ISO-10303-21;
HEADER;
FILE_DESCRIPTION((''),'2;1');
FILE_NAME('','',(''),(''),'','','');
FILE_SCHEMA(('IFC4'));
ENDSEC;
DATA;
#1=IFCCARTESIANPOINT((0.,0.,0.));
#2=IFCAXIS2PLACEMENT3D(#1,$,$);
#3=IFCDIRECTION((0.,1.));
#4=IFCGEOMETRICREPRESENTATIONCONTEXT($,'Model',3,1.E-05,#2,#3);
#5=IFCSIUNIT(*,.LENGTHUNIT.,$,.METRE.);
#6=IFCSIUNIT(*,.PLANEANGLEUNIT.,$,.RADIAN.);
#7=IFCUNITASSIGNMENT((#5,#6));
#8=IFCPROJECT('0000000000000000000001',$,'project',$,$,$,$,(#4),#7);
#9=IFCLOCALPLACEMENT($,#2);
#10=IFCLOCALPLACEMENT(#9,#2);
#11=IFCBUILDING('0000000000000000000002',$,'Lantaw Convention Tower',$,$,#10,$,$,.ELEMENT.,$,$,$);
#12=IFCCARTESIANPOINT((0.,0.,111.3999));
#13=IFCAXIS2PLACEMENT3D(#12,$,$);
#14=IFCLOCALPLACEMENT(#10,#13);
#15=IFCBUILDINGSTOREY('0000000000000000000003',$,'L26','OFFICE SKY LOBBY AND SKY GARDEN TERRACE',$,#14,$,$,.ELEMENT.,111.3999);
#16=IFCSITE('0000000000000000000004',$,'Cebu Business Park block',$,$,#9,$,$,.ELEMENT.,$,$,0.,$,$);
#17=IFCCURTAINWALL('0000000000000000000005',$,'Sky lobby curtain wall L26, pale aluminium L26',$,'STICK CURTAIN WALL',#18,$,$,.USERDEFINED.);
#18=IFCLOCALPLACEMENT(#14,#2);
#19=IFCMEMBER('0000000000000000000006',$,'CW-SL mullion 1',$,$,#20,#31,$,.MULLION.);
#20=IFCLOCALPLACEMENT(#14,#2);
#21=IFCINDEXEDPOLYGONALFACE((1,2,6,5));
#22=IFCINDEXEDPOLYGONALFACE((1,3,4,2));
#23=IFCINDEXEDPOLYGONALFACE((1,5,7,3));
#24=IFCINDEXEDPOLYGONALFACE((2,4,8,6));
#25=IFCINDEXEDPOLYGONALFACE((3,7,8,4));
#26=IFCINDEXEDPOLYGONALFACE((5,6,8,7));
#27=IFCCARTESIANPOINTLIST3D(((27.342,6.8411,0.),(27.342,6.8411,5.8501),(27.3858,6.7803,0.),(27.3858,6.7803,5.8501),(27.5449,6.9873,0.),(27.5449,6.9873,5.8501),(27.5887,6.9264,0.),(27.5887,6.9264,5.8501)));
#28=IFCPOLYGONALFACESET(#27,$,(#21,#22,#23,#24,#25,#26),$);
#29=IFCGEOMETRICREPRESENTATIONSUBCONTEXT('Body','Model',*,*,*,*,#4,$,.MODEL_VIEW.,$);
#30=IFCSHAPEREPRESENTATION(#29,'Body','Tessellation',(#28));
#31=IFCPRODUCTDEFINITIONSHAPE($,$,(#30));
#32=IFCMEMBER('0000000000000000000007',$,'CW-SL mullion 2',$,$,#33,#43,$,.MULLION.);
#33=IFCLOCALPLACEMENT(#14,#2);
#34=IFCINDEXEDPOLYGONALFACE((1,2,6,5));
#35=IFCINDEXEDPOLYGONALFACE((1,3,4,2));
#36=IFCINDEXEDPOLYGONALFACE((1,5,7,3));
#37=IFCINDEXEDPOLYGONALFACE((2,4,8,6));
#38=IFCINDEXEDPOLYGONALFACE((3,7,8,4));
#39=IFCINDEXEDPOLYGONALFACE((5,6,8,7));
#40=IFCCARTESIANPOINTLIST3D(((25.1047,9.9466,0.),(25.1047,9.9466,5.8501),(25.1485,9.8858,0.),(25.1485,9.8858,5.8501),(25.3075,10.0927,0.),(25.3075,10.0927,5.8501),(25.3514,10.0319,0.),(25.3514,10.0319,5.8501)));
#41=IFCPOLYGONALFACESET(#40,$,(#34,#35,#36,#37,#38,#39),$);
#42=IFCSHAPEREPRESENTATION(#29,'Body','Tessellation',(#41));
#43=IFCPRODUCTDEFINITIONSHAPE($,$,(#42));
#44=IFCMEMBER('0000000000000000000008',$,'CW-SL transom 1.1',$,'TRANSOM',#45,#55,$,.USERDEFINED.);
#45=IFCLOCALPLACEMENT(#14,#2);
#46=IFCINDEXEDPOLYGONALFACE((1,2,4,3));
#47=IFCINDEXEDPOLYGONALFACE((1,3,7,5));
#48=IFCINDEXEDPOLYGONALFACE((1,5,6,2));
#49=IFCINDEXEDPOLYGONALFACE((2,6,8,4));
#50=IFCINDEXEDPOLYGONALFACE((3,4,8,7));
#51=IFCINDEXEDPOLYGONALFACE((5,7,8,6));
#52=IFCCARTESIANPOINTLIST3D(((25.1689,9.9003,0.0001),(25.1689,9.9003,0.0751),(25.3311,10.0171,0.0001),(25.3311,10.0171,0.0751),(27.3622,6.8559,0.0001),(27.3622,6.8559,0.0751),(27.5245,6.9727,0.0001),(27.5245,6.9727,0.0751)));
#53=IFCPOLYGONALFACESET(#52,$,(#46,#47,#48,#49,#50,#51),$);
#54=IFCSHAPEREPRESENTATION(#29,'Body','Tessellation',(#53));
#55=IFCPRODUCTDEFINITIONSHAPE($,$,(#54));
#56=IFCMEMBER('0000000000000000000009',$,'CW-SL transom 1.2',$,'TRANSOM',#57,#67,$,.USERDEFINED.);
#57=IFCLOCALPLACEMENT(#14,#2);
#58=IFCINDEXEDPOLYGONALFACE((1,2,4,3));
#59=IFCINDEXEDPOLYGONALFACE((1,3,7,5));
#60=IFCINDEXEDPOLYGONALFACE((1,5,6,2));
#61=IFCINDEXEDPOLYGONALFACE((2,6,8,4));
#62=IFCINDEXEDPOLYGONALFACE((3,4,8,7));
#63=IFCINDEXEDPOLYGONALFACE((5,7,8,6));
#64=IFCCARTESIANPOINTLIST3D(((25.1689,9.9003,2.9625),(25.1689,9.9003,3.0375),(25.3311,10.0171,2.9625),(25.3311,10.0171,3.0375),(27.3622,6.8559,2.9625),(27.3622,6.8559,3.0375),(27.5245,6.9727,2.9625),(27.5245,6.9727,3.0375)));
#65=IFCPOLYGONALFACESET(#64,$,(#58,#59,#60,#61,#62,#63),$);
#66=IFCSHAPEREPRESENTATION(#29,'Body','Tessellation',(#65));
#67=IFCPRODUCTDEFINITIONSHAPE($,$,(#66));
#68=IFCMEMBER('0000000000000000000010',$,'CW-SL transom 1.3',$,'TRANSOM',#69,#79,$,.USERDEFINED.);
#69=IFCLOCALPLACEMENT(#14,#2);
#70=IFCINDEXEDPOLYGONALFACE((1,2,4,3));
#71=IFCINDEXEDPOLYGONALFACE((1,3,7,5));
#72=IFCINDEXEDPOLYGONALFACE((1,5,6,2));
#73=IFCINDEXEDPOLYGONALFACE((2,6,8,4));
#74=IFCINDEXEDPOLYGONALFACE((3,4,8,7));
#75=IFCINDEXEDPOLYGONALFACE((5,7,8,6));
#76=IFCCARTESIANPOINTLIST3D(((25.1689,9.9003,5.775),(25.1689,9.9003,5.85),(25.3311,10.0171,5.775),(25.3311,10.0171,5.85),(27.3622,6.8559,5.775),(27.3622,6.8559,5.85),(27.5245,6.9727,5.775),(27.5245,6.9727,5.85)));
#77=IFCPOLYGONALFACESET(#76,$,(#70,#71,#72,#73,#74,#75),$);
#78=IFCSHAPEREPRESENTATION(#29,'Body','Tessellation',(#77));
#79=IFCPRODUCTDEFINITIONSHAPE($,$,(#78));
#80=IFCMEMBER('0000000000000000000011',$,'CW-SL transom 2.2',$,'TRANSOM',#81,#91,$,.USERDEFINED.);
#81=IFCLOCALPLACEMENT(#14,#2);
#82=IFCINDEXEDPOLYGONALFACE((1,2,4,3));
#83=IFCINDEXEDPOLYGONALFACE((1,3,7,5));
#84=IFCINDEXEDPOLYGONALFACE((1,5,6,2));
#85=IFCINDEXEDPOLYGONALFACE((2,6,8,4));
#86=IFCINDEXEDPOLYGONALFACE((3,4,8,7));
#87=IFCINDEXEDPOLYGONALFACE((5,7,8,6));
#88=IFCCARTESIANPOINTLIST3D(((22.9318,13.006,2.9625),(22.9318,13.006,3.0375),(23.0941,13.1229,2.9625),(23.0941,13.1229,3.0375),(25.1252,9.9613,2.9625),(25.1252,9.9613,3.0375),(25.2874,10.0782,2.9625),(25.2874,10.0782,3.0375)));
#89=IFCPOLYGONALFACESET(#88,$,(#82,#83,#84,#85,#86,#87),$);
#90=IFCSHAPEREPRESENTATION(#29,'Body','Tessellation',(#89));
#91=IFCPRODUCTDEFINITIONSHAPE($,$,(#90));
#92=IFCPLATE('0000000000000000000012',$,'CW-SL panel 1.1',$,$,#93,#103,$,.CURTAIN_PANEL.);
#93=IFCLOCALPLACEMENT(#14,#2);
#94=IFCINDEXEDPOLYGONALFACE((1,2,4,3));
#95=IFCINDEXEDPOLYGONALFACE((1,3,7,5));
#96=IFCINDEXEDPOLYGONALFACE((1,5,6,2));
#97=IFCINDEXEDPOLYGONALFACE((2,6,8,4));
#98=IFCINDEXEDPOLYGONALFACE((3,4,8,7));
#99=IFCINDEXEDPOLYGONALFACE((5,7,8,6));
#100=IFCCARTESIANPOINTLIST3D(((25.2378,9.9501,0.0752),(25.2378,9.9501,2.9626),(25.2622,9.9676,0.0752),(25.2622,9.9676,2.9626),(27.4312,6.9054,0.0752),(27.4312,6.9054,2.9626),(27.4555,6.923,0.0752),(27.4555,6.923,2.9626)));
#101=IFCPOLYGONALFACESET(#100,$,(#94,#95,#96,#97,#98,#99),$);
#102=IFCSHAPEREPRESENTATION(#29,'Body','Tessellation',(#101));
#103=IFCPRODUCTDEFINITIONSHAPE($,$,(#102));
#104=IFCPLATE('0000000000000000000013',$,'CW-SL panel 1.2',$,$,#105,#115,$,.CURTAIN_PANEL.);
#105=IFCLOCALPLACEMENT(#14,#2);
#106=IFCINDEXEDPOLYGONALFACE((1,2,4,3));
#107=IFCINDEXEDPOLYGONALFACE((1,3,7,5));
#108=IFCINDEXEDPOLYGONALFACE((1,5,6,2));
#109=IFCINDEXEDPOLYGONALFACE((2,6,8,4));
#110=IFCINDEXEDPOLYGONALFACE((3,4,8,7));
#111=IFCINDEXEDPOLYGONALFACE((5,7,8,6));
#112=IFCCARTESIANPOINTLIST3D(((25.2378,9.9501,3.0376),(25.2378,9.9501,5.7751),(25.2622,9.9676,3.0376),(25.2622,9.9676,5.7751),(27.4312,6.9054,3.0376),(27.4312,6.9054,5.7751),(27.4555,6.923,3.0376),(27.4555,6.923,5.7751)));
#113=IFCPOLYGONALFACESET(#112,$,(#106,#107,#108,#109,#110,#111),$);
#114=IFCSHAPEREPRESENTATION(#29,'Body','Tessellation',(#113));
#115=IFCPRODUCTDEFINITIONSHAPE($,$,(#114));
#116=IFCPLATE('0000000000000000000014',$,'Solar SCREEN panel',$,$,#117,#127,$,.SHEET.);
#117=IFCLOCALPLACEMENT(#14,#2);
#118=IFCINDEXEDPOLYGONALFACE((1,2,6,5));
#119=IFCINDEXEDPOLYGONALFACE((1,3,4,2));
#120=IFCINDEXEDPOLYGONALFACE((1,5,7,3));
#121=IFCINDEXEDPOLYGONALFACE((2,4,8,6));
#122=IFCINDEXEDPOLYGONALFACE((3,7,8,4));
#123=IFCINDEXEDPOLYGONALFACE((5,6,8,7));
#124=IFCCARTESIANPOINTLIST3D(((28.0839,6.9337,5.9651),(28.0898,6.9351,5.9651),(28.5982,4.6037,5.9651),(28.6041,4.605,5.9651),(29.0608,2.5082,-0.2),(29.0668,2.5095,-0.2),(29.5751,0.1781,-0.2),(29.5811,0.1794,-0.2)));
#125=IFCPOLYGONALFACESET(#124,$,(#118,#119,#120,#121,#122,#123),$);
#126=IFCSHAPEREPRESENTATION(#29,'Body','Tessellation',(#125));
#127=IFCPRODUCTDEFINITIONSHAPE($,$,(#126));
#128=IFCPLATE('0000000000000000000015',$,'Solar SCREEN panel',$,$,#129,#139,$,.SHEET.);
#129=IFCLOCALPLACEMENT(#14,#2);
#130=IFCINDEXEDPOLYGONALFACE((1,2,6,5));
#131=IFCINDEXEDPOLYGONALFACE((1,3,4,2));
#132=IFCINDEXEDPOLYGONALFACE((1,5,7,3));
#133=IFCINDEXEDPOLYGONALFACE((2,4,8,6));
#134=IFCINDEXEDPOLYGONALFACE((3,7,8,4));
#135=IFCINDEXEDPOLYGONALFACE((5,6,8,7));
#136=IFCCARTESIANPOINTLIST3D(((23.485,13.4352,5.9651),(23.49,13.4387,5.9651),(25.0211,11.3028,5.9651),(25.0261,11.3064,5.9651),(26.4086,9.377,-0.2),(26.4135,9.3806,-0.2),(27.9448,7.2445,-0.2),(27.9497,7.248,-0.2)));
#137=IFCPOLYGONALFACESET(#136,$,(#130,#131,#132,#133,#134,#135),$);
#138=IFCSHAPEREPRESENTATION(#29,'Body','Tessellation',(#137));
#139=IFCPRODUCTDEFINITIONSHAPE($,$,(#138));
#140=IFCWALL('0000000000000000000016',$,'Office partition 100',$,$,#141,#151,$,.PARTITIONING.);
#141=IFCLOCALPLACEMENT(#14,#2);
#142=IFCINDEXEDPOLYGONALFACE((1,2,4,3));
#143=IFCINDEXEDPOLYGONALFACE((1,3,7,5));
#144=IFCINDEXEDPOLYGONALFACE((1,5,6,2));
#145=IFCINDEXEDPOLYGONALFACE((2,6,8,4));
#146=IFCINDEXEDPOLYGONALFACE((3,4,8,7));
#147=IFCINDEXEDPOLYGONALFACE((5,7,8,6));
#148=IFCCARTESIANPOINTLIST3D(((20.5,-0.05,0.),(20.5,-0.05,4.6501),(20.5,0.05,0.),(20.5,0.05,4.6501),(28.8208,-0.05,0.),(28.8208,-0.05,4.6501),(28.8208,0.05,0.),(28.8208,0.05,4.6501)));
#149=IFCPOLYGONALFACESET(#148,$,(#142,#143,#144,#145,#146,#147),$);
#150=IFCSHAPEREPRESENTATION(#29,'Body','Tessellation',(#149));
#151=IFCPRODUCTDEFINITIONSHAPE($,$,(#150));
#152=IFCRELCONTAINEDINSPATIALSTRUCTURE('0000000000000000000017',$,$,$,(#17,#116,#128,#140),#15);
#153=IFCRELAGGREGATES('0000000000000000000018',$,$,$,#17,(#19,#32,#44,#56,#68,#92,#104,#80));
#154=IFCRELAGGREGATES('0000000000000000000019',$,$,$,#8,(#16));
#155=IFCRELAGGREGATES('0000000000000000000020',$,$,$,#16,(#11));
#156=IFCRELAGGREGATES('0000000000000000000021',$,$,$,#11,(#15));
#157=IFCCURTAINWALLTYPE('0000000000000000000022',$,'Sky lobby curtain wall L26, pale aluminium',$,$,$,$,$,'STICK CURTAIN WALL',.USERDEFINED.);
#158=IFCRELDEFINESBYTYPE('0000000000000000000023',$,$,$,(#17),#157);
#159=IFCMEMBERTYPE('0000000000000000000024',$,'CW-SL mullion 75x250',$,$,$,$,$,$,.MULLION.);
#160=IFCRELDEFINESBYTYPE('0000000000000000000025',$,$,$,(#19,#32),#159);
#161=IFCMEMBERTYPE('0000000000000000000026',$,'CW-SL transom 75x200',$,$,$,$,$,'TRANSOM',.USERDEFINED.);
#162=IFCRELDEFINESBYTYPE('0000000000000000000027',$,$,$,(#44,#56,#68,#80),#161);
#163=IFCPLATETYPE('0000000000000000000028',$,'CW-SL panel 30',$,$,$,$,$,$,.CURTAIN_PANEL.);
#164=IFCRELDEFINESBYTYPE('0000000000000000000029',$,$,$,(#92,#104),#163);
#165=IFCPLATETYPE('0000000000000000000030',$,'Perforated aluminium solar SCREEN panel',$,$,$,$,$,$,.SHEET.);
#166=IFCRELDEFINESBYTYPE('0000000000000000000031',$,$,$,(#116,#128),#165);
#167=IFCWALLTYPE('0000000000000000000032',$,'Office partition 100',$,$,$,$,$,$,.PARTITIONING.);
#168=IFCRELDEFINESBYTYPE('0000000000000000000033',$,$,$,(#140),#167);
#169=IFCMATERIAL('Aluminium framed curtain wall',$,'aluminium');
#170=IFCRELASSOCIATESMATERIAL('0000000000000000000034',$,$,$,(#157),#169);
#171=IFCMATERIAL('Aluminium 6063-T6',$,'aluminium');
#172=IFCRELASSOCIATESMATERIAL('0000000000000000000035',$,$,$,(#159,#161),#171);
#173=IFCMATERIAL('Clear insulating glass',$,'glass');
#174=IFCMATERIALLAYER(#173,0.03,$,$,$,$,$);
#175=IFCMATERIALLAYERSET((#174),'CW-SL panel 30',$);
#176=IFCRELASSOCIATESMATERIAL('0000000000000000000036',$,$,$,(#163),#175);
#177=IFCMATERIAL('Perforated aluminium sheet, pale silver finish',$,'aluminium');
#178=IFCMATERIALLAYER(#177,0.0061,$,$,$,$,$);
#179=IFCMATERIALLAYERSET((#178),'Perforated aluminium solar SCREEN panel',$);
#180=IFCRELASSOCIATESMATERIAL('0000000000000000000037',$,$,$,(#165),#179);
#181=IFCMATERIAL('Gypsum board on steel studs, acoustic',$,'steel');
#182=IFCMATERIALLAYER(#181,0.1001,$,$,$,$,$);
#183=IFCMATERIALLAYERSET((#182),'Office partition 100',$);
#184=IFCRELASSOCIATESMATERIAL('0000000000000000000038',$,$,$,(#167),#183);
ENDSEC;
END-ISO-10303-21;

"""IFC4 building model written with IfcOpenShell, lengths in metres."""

from ifc_helpers import new_model, si_unit, direction, frame, frame_2d, origin, origin_2d, place, context, subcontext, project, spatial, polyline, rectangle, outline, extrude, material, layer, layer_set, material_profile, profile_set, type_object, element, aggregate, save


model = new_model("IFC4")

# Units and contexts
model_context = context("Model", 3, precision=1e-05, world=origin(), true_north=direction((0.0, 1.0)))
body_context = subcontext(model_context, "Body", "Model", "MODEL_VIEW")
ifc_project = project(units=[si_unit("LENGTHUNIT", "METRE"), si_unit("PLANEANGLEUNIT", "RADIAN")], contexts=[model_context])

# Site, building, storey
site_placement = place(None, origin())
site = spatial("IfcSite", under=ifc_project, at=site_placement, Name="Cebu Business Park block", CompositionType="ELEMENT", RefElevation=0.0)
building_placement = place(site_placement, origin())
building = spatial("IfcBuilding", under=site, at=building_placement, Name="Lantaw Convention Tower", CompositionType="ELEMENT")
storey_placement = place(building_placement, frame((0.0, 0.0, 111.3999)))
storey = spatial("IfcBuildingStorey", under=building, at=storey_placement, Name="L26", Description="OFFICE SKY LOBBY AND SKY GARDEN TERRACE", CompositionType="ELEMENT", Elevation=111.3999)

# Curtain wall, members, plates
ifc_material_1 = material(Name="Aluminium framed curtain wall", Category="aluminium")
curtain_wall_type = type_object("IfcCurtainWallType", Name="Sky lobby curtain wall L26, pale aluminium", ElementType="STICK CURTAIN WALL", PredefinedType="USERDEFINED", material=ifc_material_1)
curtain_wall_placement = place(storey_placement, origin())
curtain_wall = element("IfcCurtainWall", 1, at=curtain_wall_placement, inside=storey, type_object=curtain_wall_type, Name="Sky lobby curtain wall L26, pale aluminium L26", ObjectType="STICK CURTAIN WALL", PredefinedType="USERDEFINED")
ifc_material_2 = material(Name="Aluminium 6063-T6", Category="aluminium")
ifc_material_profile_1 = material_profile(ifc_material_2, rectangle(XDim=0.25, YDim=0.075, at=origin_2d()), Name="CW-SL mullion 75x250")
ifc_profile_set_1 = profile_set([ifc_material_profile_1], Name="Aluminium 6063-T6")
member_type_1 = type_object("IfcMemberType", Name="CW-SL mullion 75x250", PredefinedType="MULLION", material=ifc_profile_set_1)
member_1_placement = place(storey_placement, frame((27.4653, 6.8838, 0.0), z_axis=(0.0, 0.0, 1.0), x_axis=(-0.811385, -0.584513, 0.0)))
member_1 = element("IfcMember", 2, at=member_1_placement, type_object=member_type_1, Name="CW-SL mullion 1", PredefinedType="MULLION", context=body_context, shape_type="SweptSolid", body=[
    extrude(rectangle(XDim=0.25, YDim=0.075, at=origin_2d()), origin(), (0.0, 0.0, 1.0), 5.8501),
])
member_2_placement = place(storey_placement, frame((25.228, 9.9893, 0.0), z_axis=(0.0, 0.0, 1.0), x_axis=(-0.811385, -0.584513, 0.0)))
member_2 = element("IfcMember", 3, at=member_2_placement, type_object=member_type_1, Name="CW-SL mullion 2", PredefinedType="MULLION", context=body_context, shape_type="SweptSolid", body=[
    extrude(rectangle(XDim=0.25, YDim=0.075, at=origin_2d()), origin(), (0.0, 0.0, 1.0), 5.8501),
])
ifc_material_profile_2 = material_profile(ifc_material_2, rectangle(XDim=0.2, YDim=0.075, at=origin_2d()), Name="CW-SL transom 75x200")
ifc_profile_set_2 = profile_set([ifc_material_profile_2], Name="Aluminium 6063-T6")
member_type_2 = type_object("IfcMemberType", Name="CW-SL transom 75x200", ElementType="TRANSOM", PredefinedType="USERDEFINED", material=ifc_profile_set_2)
member_3_placement = place(storey_placement, frame((27.4434, 6.9143, 0.0376), z_axis=(-0.584545, 0.811362, 0.0), x_axis=(-0.811362, -0.584545, 0.0)))
member_3 = element("IfcMember", 4, at=member_3_placement, type_object=member_type_2, Name="CW-SL transom 1.1", ObjectType="TRANSOM", PredefinedType="USERDEFINED", context=body_context, shape_type="SweptSolid", body=[
    extrude(rectangle(XDim=0.2, YDim=0.075, at=origin_2d()), origin(), (0.0, 0.0, 1.0), 3.7522),
])
member_4_placement = place(storey_placement, frame((27.4434, 6.9143, 3.0), z_axis=(-0.584545, 0.811362, 0.0), x_axis=(-0.811362, -0.584545, 0.0)))
member_4 = element("IfcMember", 5, at=member_4_placement, type_object=member_type_2, Name="CW-SL transom 1.2", ObjectType="TRANSOM", PredefinedType="USERDEFINED", context=body_context, shape_type="SweptSolid", body=[
    extrude(rectangle(XDim=0.2, YDim=0.075, at=origin_2d()), origin(), (0.0, 0.0, 1.0), 3.7522),
])
member_5_placement = place(storey_placement, frame((27.4434, 6.9143, 5.8125), z_axis=(-0.584545, 0.811362, 0.0), x_axis=(-0.811362, -0.584545, 0.0)))
member_5 = element("IfcMember", 6, at=member_5_placement, type_object=member_type_2, Name="CW-SL transom 1.3", ObjectType="TRANSOM", PredefinedType="USERDEFINED", context=body_context, shape_type="SweptSolid", body=[
    extrude(rectangle(XDim=0.2, YDim=0.075, at=origin_2d()), origin(), (0.0, 0.0, 1.0), 3.7522),
])
member_6_placement = place(storey_placement, frame((25.2063, 10.0198, 3.0), z_axis=(-0.584514, 0.811384, 0.0), x_axis=(-0.811384, -0.584514, 0.0)))
member_6 = element("IfcMember", 7, at=member_6_placement, type_object=member_type_2, Name="CW-SL transom 2.2", ObjectType="TRANSOM", PredefinedType="USERDEFINED", context=body_context, shape_type="SweptSolid", body=[
    extrude(rectangle(XDim=0.2, YDim=0.075, at=origin_2d()), origin(), (0.0, 0.0, 1.0), 3.7524),
])
ifc_material_3 = material(Name="Clear insulating glass", Category="glass")
ifc_layer_1 = layer(ifc_material_3, 0.03)
ifc_layer_set_1 = layer_set([ifc_layer_1], Name="CW-SL panel 30")
plate_type_1 = type_object("IfcPlateType", Name="CW-SL panel 30", PredefinedType="CURTAIN_PANEL", material=ifc_layer_set_1)
plate_1_placement = place(storey_placement, frame((26.3467, 8.4365, 0.0752), z_axis=(0.0, 0.0, 1.0), x_axis=(-0.584513, 0.811385, 0.0)))
plate_1 = element("IfcPlate", 8, at=plate_1_placement, type_object=plate_type_1, Name="CW-SL panel 1.1", PredefinedType="CURTAIN_PANEL", context=body_context, shape_type="SweptSolid", body=[
    extrude(rectangle(XDim=3.7524, YDim=0.03, at=origin_2d()), origin(), (0.0, 0.0, 1.0), 2.8875),
])
plate_2_placement = place(storey_placement, frame((26.3467, 8.4365, 3.0376), z_axis=(0.0, 0.0, 1.0), x_axis=(-0.584513, 0.811385, 0.0)))
plate_2 = element("IfcPlate", 9, at=plate_2_placement, type_object=plate_type_1, Name="CW-SL panel 1.2", PredefinedType="CURTAIN_PANEL", context=body_context, shape_type="SweptSolid", body=[
    extrude(rectangle(XDim=3.7524, YDim=0.03, at=origin_2d()), origin(), (0.0, 0.0, 1.0), 2.7375),
])
aggregate(curtain_wall, [member_1, member_2, member_3, member_4, member_5, plate_1, plate_2, member_6])

# Plates
ifc_material_4 = material(Name="Perforated aluminium sheet, pale silver finish", Category="aluminium")
ifc_layer_2 = layer(ifc_material_4, 0.0061)
ifc_layer_set_2 = layer_set([ifc_layer_2], Name="Perforated aluminium solar SCREEN panel")
plate_type_2 = type_object("IfcPlateType", Name="Perforated aluminium solar SCREEN panel", PredefinedType="SHEET", material=ifc_layer_set_2)
plate_3_placement = place(storey_placement, frame((29.5811, 0.1794, -0.2), z_axis=(0.976498, 0.215527, 0.000023), x_axis=(-0.215527, 0.976498, 0.0)))
element("IfcPlate", 10, at=plate_3_placement, inside=storey, type_object=plate_type_2, Name="Solar SCREEN panel", PredefinedType="SHEET", context=body_context, shape_type="SweptSolid", body=[
    extrude(outline(polyline([(0.0, 0.0), (2.3862, 0.0), (6.9182, 6.165), (4.5321, 6.165), (0.0, 0.0)])), origin(), (0.0, 0.0, -1.0), 0.0061),
])
plate_4_placement = place(storey_placement, frame((27.9497, 7.248, -0.2), z_axis=(0.811395, 0.584498, 0.000025), x_axis=(-0.584498, 0.811395, 0.0)))
element("IfcPlate", 11, at=plate_4_placement, inside=storey, type_object=plate_type_2, Name="Solar SCREEN panel", PredefinedType="SHEET", context=body_context, shape_type="SweptSolid", body=[
    extrude(outline(polyline([(0.0, 0.0), (2.6282, 0.0), (7.6298, 6.165), (5.0018, 6.165), (0.0, 0.0)])), origin(), (0.0, 0.0, -1.0), 0.0061),
])

# Wall
ifc_material_5 = material(Name="Gypsum board on steel studs, acoustic", Category="steel")
ifc_layer_3 = layer(ifc_material_5, 0.1001)
ifc_layer_set_3 = layer_set([ifc_layer_3], Name="Office partition 100")
wall_type = type_object("IfcWallType", Name="Office partition 100", PredefinedType="PARTITIONING", material=ifc_layer_set_3)
wall_placement = place(storey_placement, frame((28.8208, 0.0, 0.0), z_axis=(0.0, 0.0, 1.0), x_axis=(-1.0, 0.0, 0.0)))
element("IfcWall", 12, at=wall_placement, inside=storey, type_object=wall_type, Name="Office partition 100", PredefinedType="PARTITIONING", context=body_context, shape_type="SweptSolid", body=[
    extrude(rectangle(XDim=8.3208, YDim=0.1001, at=frame_2d((4.1604, 0.0))), origin(), (0.0, 0.0, 1.0), 4.6501),
])

save(model, "model.ifc")
